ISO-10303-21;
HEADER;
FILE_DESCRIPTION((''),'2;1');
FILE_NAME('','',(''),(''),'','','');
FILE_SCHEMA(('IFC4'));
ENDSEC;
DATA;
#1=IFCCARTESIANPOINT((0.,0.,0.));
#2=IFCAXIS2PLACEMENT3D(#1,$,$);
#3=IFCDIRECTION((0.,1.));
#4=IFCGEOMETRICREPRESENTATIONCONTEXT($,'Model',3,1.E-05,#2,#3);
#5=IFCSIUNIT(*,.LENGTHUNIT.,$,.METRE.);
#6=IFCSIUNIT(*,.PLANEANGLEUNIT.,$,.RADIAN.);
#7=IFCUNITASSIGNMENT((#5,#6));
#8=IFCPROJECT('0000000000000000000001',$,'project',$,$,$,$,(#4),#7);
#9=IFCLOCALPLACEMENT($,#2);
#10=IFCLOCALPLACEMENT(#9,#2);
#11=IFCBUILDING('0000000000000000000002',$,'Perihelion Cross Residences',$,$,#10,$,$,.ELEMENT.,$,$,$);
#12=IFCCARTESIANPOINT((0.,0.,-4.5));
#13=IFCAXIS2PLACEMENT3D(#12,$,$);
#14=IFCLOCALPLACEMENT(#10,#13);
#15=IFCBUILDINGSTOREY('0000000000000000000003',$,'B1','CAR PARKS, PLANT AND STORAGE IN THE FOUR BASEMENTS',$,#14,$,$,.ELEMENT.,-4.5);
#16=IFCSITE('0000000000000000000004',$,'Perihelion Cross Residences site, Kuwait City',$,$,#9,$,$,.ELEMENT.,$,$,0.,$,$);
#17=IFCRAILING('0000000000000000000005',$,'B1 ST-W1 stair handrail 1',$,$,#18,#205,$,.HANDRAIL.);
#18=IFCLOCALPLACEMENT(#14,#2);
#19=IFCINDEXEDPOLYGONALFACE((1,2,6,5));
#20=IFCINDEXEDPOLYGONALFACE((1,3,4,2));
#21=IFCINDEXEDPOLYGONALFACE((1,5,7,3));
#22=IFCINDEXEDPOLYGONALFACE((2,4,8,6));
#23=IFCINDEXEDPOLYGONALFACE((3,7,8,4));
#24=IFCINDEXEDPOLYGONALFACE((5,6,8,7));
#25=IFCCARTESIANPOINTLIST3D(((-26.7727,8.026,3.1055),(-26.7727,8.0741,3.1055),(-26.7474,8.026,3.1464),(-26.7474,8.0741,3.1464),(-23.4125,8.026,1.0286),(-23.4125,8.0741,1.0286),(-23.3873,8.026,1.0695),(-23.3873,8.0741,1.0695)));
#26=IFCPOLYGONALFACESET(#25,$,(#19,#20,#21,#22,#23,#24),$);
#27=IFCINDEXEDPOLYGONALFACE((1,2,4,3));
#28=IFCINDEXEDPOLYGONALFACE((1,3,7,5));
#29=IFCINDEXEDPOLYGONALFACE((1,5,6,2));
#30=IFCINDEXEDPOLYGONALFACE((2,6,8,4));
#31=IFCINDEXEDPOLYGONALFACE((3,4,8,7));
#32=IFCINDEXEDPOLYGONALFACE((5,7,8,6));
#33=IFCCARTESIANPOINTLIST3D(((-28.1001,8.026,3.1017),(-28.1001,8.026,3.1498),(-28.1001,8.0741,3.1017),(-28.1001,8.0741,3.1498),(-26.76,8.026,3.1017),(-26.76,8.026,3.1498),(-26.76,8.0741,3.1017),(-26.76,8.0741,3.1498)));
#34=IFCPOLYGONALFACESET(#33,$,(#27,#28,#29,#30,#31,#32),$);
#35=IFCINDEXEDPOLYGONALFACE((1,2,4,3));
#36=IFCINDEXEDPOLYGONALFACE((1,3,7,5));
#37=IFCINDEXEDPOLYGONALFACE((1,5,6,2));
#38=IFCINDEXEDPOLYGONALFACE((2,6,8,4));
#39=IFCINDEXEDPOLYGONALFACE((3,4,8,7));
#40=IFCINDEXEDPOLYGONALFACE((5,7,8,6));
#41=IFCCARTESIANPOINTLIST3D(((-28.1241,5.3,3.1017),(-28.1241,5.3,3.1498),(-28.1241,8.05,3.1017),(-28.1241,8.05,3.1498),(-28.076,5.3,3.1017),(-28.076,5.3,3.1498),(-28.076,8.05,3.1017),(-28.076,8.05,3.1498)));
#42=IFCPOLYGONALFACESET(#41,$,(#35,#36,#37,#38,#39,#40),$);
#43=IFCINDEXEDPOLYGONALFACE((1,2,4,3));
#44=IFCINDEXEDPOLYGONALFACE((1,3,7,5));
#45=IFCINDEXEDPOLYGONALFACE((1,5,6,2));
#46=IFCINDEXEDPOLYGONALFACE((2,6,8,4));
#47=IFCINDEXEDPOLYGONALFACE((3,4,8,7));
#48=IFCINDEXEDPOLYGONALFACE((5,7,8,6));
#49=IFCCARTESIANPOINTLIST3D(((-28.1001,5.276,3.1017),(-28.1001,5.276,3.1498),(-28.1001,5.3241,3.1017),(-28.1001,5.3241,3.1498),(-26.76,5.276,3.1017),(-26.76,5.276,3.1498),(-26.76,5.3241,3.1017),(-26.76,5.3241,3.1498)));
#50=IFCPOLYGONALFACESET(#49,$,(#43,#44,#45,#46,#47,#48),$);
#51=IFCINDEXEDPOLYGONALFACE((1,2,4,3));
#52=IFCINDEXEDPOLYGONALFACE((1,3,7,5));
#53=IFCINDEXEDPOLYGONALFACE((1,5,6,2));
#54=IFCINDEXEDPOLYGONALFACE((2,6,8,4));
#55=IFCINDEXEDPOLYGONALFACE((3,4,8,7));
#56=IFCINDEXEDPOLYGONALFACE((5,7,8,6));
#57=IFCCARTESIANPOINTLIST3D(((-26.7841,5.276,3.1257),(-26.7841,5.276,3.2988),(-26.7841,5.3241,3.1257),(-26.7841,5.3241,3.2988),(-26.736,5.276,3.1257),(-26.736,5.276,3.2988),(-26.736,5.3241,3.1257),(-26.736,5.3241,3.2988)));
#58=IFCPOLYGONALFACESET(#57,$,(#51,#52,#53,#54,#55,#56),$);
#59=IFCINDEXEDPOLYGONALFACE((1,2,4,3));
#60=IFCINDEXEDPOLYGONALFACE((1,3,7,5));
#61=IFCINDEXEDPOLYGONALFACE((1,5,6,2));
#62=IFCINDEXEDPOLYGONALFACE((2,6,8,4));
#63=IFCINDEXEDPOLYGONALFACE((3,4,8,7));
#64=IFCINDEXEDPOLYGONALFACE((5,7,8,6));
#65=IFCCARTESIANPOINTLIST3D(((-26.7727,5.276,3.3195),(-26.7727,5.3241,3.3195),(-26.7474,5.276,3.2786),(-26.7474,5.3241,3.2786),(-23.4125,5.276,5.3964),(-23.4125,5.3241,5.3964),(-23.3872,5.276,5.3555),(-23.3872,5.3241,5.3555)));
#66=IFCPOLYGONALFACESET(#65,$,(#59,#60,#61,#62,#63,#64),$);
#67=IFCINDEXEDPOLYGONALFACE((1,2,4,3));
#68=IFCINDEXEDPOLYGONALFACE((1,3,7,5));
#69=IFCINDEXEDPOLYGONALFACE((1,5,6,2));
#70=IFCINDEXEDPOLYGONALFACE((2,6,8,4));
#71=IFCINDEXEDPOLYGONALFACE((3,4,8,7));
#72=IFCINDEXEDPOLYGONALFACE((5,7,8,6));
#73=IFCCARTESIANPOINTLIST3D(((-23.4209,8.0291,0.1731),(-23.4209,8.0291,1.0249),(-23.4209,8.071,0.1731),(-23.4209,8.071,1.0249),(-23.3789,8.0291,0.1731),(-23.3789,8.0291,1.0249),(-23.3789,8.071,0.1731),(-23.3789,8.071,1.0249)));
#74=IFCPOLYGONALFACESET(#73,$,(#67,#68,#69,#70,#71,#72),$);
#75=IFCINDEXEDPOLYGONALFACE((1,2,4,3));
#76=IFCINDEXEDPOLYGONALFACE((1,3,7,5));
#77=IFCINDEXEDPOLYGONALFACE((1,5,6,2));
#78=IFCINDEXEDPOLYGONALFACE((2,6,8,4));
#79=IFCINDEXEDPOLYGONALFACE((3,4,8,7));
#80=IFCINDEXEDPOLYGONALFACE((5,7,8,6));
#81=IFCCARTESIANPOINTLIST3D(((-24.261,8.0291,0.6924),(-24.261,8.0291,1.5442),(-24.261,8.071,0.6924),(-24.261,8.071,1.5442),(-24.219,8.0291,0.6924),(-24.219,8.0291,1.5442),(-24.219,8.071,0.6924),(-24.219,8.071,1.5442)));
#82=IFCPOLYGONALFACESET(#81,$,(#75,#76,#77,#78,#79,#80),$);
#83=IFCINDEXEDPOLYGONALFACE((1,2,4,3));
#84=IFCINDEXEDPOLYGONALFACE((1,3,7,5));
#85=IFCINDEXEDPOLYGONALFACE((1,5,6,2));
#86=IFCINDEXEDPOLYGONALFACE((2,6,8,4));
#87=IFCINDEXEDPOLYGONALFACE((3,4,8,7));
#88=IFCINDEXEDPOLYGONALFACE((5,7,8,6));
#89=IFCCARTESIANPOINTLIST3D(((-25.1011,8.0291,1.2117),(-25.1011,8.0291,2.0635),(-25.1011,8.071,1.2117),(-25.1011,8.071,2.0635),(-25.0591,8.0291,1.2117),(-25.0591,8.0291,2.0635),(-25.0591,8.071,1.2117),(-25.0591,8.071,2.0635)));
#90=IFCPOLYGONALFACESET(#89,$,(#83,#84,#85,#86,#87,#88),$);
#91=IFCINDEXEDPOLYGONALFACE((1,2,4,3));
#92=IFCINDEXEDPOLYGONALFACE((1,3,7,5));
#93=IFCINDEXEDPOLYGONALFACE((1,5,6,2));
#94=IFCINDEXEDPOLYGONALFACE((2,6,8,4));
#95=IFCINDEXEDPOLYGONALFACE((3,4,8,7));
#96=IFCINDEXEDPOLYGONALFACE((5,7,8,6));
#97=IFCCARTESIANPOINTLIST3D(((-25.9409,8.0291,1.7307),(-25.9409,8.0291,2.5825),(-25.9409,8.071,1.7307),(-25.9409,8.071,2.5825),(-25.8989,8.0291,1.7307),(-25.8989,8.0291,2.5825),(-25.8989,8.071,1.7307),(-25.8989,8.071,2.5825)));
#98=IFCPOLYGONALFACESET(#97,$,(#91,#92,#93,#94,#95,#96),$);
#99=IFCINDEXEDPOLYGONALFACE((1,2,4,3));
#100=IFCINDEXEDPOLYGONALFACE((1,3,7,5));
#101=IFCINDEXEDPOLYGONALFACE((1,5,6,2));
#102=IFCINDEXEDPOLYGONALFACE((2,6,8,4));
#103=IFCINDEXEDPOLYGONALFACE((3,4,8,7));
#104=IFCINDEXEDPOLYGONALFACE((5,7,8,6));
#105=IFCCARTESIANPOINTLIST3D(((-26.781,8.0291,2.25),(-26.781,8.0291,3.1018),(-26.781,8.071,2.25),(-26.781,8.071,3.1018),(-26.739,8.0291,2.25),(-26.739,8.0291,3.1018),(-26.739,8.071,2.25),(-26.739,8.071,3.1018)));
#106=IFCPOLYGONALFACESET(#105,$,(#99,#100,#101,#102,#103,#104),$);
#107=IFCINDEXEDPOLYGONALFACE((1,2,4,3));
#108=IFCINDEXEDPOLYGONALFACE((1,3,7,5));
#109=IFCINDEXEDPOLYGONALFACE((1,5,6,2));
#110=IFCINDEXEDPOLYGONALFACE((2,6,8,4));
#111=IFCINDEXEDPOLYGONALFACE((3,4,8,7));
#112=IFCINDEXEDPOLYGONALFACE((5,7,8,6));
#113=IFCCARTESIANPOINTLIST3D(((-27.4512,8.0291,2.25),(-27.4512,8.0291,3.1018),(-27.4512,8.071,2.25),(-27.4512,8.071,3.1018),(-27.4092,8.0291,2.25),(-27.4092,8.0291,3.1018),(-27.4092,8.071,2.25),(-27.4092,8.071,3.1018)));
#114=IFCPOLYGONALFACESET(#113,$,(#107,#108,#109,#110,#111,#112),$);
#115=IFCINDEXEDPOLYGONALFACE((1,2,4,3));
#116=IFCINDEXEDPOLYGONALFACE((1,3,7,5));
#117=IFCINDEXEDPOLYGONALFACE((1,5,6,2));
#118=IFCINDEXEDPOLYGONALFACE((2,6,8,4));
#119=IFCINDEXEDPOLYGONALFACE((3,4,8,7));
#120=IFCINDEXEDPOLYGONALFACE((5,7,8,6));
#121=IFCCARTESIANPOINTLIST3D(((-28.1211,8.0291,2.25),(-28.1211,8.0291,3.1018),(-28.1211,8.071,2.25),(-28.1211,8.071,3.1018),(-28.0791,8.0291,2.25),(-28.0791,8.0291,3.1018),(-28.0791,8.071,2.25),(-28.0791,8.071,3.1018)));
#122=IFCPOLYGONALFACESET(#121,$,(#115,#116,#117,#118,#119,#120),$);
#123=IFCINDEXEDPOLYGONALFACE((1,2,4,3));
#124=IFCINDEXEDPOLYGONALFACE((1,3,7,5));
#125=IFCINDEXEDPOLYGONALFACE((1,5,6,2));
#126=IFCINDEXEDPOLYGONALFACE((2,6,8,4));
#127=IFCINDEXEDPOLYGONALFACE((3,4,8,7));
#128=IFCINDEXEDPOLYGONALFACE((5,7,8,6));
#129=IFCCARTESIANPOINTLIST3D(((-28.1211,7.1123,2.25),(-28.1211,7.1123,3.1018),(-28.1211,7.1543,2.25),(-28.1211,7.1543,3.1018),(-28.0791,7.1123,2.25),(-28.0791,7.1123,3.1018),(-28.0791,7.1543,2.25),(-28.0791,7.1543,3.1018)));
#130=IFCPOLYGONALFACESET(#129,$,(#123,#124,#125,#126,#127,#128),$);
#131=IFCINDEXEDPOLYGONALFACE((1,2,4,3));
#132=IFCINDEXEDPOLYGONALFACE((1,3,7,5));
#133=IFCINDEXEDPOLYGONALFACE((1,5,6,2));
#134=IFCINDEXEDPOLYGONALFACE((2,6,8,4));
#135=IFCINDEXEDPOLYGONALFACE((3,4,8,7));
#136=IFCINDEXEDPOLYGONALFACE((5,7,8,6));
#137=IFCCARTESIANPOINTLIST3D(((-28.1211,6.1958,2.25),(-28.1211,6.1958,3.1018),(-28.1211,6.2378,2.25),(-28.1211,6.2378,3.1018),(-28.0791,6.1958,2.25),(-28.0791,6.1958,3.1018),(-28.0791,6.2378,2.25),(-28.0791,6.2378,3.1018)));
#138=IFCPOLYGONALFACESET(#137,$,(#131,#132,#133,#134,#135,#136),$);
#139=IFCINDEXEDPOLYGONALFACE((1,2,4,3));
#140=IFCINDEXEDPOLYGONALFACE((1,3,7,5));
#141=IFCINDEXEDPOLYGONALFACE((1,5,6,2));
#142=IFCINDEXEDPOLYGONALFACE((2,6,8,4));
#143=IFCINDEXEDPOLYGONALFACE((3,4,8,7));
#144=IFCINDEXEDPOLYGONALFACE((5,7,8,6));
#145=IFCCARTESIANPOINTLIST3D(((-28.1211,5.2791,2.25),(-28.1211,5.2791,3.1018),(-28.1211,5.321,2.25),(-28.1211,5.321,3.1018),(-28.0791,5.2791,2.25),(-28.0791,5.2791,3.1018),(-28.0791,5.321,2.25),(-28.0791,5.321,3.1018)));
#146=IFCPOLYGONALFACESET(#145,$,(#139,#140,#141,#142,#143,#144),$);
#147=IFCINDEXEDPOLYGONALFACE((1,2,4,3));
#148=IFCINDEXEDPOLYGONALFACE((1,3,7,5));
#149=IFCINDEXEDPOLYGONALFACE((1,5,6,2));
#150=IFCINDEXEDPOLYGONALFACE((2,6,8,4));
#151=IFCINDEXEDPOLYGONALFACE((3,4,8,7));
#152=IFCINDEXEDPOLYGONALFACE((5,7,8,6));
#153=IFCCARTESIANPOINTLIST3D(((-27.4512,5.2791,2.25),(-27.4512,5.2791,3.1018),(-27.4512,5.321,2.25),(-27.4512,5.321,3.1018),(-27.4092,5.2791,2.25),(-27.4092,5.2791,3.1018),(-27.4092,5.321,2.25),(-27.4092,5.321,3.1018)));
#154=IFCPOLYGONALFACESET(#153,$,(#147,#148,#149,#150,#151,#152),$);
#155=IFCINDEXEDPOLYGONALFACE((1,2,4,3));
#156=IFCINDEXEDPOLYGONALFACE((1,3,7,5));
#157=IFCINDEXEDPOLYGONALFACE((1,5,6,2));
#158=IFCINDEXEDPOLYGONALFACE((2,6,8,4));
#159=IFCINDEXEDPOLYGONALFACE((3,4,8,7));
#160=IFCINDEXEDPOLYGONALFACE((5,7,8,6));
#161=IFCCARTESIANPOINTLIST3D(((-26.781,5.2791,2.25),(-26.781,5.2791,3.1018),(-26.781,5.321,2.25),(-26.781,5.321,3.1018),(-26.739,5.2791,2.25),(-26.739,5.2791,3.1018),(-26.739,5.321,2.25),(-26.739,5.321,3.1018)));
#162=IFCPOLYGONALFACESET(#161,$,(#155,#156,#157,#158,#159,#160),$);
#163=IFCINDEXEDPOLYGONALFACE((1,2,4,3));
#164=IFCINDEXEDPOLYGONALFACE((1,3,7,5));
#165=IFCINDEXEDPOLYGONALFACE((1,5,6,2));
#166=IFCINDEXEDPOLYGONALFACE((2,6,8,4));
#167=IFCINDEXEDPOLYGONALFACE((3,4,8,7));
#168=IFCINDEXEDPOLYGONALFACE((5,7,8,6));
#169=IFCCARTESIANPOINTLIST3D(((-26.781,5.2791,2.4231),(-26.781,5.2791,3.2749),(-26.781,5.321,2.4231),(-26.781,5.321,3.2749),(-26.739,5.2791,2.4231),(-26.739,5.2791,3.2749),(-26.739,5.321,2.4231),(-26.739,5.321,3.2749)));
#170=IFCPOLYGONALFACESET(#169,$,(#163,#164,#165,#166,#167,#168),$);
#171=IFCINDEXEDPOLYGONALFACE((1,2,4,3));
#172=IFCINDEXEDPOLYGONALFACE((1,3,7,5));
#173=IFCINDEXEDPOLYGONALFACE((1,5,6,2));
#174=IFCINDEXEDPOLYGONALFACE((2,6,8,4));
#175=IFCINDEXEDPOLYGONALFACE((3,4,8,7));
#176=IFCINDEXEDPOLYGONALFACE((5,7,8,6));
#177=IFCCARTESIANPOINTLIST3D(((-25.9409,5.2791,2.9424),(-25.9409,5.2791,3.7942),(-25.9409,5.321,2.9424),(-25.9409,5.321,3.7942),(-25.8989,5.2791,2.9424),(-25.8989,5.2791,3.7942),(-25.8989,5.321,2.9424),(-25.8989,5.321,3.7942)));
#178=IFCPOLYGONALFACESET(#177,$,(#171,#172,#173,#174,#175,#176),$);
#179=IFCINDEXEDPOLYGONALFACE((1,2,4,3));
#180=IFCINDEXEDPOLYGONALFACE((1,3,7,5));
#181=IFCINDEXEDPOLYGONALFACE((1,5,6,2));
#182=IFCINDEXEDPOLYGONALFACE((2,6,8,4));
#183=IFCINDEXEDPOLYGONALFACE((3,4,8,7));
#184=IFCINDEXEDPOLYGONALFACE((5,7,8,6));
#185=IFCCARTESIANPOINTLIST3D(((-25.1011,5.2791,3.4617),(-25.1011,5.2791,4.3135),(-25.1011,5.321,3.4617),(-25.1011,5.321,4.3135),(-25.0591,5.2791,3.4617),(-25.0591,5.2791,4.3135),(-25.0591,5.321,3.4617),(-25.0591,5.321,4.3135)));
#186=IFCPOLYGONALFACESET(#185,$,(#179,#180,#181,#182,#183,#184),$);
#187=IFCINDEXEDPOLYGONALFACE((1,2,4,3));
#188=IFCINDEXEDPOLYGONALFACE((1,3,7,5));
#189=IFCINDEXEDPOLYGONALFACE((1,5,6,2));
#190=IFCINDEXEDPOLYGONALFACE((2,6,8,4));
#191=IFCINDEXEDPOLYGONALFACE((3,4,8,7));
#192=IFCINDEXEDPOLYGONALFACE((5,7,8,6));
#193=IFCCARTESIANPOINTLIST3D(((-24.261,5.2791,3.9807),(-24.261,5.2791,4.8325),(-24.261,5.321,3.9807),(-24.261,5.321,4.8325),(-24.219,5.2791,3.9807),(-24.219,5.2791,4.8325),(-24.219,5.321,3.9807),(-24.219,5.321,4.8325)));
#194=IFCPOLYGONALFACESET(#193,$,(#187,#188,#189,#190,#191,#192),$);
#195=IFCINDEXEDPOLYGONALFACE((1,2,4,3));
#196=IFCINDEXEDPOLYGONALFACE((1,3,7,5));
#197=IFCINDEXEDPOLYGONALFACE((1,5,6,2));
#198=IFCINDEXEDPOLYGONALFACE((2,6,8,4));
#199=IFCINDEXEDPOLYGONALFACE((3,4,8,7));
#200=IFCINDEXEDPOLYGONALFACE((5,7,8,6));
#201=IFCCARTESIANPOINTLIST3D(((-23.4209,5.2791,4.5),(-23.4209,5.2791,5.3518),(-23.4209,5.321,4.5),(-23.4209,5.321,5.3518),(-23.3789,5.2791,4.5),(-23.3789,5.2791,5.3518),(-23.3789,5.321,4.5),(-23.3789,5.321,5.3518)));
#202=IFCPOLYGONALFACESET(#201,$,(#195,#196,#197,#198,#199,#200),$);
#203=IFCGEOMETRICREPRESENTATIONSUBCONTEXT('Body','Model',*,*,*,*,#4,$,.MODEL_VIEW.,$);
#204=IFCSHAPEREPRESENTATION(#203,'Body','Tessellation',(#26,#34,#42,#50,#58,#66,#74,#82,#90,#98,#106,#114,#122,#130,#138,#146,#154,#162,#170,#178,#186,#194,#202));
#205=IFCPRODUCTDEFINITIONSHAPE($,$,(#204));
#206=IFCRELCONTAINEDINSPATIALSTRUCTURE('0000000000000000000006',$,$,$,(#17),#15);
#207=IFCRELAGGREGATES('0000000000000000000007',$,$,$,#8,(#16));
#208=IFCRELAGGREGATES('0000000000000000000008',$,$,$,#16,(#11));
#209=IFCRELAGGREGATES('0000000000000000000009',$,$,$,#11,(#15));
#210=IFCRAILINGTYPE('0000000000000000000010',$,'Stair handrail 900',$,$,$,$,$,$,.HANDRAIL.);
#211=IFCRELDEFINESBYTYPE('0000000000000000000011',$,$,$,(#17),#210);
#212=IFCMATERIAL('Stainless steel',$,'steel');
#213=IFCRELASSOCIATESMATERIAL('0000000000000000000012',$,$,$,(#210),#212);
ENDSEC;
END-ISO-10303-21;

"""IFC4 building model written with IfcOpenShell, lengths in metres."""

from ifc_helpers import new_model, si_unit, direction, frame, origin, origin_2d, place, context, subcontext, project, spatial, rectangle, extrude, material, type_object, element, save


model = new_model("IFC4")

# Units and contexts
model_context = context("Model", 3, precision=1e-05, world=origin(), true_north=direction((0.0, 1.0)))
body_context = subcontext(model_context, "Body", "Model", "MODEL_VIEW")
ifc_project = project(units=[si_unit("LENGTHUNIT", "METRE"), si_unit("PLANEANGLEUNIT", "RADIAN")], contexts=[model_context])

# Site, building, storey
site_placement = place(None, origin())
site = spatial("IfcSite", under=ifc_project, at=site_placement, Name="Perihelion Cross Residences site, Kuwait City", CompositionType="ELEMENT", RefElevation=0.0)
building_placement = place(site_placement, origin())
building = spatial("IfcBuilding", under=site, at=building_placement, Name="Perihelion Cross Residences", CompositionType="ELEMENT")
storey_placement = place(building_placement, frame((0.0, 0.0, -4.5)))
storey = spatial("IfcBuildingStorey", under=building, at=storey_placement, Name="B1", Description="CAR PARKS, PLANT AND STORAGE IN THE FOUR BASEMENTS", CompositionType="ELEMENT", Elevation=-4.5)

# Railing
ifc_material_1 = material(Name="Stainless steel", Category="steel")
railing_type_1 = type_object("IfcRailingType", Name="Stair handrail 900", PredefinedType="HANDRAIL", material=ifc_material_1)
railing_1_placement = place(storey_placement, frame((-23.3999, 8.05, 0.1731)))
element("IfcRailing", 1, at=railing_1_placement, inside=storey, type_object=railing_type_1, Name="B1 ST-W1 stair handrail 1", PredefinedType="HANDRAIL", context=body_context, shape_type="SweptSolid", body=[
    extrude(rectangle(XDim=0.0481, YDim=0.0481, at=origin_2d()), frame((0.0, 0.0, 0.876), z_axis=(-0.850623, 0.0, 0.525776), x_axis=(0.0, -1.0, 0.0)), (0.0, 0.0, 1.0), 3.9502),
    extrude(rectangle(XDim=0.0481, YDim=0.0481, at=origin_2d()), frame((-3.3601, 0.0, 2.9526), z_axis=(-1.0, 0.0, 0.0), x_axis=(0.0, -1.0, 0.0)), (0.0, 0.0, 1.0), 1.3401),
    extrude(rectangle(XDim=0.0481, YDim=0.0481, at=origin_2d()), frame((-4.7002, 0.0, 2.9526), z_axis=(0.0, -1.0, 0.0), x_axis=(1.0, 0.0, 0.0)), (0.0, 0.0, 1.0), 2.75),
    extrude(rectangle(XDim=0.0481, YDim=0.0481, at=origin_2d()), frame((-4.7002, -2.75, 2.9526), z_axis=(1.0, 0.0, 0.0), x_axis=(0.0, 1.0, 0.0)), (0.0, 0.0, 1.0), 1.3401),
    extrude(rectangle(XDim=0.0481, YDim=0.0481, at=origin_2d()), frame((-3.3601, -2.75, 2.9526), z_axis=(0.0, 0.0, 1.0), x_axis=(1.0, 0.0, 0.0)), (0.0, 0.0, 1.0), 0.1731),
    extrude(rectangle(XDim=0.0481, YDim=0.0481, at=origin_2d()), frame((-3.3601, -2.75, 3.126), z_axis=(0.850623, 0.0, 0.525776), x_axis=(0.0, 1.0, 0.0)), (0.0, 0.0, 1.0), 3.9502),
    extrude(rectangle(XDim=0.042, YDim=0.042, at=origin_2d()), origin(), (0.0, 0.0, 1.0), 0.8518),
    extrude(rectangle(XDim=0.042, YDim=0.042, at=origin_2d()), frame((-0.8401, 0.0, 0.5193)), (0.0, 0.0, 1.0), 0.8518),
    extrude(rectangle(XDim=0.042, YDim=0.042, at=origin_2d()), frame((-1.6802, 0.0, 1.0386)), (0.0, 0.0, 1.0), 0.8518),
    extrude(rectangle(XDim=0.042, YDim=0.042, at=origin_2d()), frame((-2.52, 0.0, 1.5576)), (0.0, 0.0, 1.0), 0.8518),
    extrude(rectangle(XDim=0.042, YDim=0.042, at=origin_2d()), frame((-3.3601, 0.0, 2.0769)), (0.0, 0.0, 1.0), 0.8518),
    extrude(rectangle(XDim=0.042, YDim=0.042, at=origin_2d()), frame((-4.0303, 0.0, 2.0769)), (0.0, 0.0, 1.0), 0.8518),
    extrude(rectangle(XDim=0.042, YDim=0.042, at=origin_2d()), frame((-4.7002, 0.0, 2.0769)), (0.0, 0.0, 1.0), 0.8518),
    extrude(rectangle(XDim=0.042, YDim=0.042, at=origin_2d()), frame((-4.7002, -0.9167, 2.0769)), (0.0, 0.0, 1.0), 0.8518),
    extrude(rectangle(XDim=0.042, YDim=0.042, at=origin_2d()), frame((-4.7002, -1.8333, 2.0769)), (0.0, 0.0, 1.0), 0.8518),
    extrude(rectangle(XDim=0.042, YDim=0.042, at=origin_2d()), frame((-4.7002, -2.75, 2.0769)), (0.0, 0.0, 1.0), 0.8518),
    extrude(rectangle(XDim=0.042, YDim=0.042, at=origin_2d()), frame((-4.0303, -2.75, 2.0769)), (0.0, 0.0, 1.0), 0.8518),
    extrude(rectangle(XDim=0.042, YDim=0.042, at=origin_2d()), frame((-3.3601, -2.75, 2.0769)), (0.0, 0.0, 1.0), 0.8518),
    extrude(rectangle(XDim=0.042, YDim=0.042, at=origin_2d()), frame((-3.3601, -2.75, 2.25)), (0.0, 0.0, 1.0), 0.8518),
    extrude(rectangle(XDim=0.042, YDim=0.042, at=origin_2d()), frame((-2.52, -2.75, 2.7693)), (0.0, 0.0, 1.0), 0.8518),
    extrude(rectangle(XDim=0.042, YDim=0.042, at=origin_2d()), frame((-1.6802, -2.75, 3.2886)), (0.0, 0.0, 1.0), 0.8518),
    extrude(rectangle(XDim=0.042, YDim=0.042, at=origin_2d()), frame((-0.8401, -2.75, 3.8076)), (0.0, 0.0, 1.0), 0.8518),
    extrude(rectangle(XDim=0.042, YDim=0.042, at=origin_2d()), frame((0.0, -2.75, 4.3269)), (0.0, 0.0, 1.0), 0.8518),
])

save(model, "model.ifc")
